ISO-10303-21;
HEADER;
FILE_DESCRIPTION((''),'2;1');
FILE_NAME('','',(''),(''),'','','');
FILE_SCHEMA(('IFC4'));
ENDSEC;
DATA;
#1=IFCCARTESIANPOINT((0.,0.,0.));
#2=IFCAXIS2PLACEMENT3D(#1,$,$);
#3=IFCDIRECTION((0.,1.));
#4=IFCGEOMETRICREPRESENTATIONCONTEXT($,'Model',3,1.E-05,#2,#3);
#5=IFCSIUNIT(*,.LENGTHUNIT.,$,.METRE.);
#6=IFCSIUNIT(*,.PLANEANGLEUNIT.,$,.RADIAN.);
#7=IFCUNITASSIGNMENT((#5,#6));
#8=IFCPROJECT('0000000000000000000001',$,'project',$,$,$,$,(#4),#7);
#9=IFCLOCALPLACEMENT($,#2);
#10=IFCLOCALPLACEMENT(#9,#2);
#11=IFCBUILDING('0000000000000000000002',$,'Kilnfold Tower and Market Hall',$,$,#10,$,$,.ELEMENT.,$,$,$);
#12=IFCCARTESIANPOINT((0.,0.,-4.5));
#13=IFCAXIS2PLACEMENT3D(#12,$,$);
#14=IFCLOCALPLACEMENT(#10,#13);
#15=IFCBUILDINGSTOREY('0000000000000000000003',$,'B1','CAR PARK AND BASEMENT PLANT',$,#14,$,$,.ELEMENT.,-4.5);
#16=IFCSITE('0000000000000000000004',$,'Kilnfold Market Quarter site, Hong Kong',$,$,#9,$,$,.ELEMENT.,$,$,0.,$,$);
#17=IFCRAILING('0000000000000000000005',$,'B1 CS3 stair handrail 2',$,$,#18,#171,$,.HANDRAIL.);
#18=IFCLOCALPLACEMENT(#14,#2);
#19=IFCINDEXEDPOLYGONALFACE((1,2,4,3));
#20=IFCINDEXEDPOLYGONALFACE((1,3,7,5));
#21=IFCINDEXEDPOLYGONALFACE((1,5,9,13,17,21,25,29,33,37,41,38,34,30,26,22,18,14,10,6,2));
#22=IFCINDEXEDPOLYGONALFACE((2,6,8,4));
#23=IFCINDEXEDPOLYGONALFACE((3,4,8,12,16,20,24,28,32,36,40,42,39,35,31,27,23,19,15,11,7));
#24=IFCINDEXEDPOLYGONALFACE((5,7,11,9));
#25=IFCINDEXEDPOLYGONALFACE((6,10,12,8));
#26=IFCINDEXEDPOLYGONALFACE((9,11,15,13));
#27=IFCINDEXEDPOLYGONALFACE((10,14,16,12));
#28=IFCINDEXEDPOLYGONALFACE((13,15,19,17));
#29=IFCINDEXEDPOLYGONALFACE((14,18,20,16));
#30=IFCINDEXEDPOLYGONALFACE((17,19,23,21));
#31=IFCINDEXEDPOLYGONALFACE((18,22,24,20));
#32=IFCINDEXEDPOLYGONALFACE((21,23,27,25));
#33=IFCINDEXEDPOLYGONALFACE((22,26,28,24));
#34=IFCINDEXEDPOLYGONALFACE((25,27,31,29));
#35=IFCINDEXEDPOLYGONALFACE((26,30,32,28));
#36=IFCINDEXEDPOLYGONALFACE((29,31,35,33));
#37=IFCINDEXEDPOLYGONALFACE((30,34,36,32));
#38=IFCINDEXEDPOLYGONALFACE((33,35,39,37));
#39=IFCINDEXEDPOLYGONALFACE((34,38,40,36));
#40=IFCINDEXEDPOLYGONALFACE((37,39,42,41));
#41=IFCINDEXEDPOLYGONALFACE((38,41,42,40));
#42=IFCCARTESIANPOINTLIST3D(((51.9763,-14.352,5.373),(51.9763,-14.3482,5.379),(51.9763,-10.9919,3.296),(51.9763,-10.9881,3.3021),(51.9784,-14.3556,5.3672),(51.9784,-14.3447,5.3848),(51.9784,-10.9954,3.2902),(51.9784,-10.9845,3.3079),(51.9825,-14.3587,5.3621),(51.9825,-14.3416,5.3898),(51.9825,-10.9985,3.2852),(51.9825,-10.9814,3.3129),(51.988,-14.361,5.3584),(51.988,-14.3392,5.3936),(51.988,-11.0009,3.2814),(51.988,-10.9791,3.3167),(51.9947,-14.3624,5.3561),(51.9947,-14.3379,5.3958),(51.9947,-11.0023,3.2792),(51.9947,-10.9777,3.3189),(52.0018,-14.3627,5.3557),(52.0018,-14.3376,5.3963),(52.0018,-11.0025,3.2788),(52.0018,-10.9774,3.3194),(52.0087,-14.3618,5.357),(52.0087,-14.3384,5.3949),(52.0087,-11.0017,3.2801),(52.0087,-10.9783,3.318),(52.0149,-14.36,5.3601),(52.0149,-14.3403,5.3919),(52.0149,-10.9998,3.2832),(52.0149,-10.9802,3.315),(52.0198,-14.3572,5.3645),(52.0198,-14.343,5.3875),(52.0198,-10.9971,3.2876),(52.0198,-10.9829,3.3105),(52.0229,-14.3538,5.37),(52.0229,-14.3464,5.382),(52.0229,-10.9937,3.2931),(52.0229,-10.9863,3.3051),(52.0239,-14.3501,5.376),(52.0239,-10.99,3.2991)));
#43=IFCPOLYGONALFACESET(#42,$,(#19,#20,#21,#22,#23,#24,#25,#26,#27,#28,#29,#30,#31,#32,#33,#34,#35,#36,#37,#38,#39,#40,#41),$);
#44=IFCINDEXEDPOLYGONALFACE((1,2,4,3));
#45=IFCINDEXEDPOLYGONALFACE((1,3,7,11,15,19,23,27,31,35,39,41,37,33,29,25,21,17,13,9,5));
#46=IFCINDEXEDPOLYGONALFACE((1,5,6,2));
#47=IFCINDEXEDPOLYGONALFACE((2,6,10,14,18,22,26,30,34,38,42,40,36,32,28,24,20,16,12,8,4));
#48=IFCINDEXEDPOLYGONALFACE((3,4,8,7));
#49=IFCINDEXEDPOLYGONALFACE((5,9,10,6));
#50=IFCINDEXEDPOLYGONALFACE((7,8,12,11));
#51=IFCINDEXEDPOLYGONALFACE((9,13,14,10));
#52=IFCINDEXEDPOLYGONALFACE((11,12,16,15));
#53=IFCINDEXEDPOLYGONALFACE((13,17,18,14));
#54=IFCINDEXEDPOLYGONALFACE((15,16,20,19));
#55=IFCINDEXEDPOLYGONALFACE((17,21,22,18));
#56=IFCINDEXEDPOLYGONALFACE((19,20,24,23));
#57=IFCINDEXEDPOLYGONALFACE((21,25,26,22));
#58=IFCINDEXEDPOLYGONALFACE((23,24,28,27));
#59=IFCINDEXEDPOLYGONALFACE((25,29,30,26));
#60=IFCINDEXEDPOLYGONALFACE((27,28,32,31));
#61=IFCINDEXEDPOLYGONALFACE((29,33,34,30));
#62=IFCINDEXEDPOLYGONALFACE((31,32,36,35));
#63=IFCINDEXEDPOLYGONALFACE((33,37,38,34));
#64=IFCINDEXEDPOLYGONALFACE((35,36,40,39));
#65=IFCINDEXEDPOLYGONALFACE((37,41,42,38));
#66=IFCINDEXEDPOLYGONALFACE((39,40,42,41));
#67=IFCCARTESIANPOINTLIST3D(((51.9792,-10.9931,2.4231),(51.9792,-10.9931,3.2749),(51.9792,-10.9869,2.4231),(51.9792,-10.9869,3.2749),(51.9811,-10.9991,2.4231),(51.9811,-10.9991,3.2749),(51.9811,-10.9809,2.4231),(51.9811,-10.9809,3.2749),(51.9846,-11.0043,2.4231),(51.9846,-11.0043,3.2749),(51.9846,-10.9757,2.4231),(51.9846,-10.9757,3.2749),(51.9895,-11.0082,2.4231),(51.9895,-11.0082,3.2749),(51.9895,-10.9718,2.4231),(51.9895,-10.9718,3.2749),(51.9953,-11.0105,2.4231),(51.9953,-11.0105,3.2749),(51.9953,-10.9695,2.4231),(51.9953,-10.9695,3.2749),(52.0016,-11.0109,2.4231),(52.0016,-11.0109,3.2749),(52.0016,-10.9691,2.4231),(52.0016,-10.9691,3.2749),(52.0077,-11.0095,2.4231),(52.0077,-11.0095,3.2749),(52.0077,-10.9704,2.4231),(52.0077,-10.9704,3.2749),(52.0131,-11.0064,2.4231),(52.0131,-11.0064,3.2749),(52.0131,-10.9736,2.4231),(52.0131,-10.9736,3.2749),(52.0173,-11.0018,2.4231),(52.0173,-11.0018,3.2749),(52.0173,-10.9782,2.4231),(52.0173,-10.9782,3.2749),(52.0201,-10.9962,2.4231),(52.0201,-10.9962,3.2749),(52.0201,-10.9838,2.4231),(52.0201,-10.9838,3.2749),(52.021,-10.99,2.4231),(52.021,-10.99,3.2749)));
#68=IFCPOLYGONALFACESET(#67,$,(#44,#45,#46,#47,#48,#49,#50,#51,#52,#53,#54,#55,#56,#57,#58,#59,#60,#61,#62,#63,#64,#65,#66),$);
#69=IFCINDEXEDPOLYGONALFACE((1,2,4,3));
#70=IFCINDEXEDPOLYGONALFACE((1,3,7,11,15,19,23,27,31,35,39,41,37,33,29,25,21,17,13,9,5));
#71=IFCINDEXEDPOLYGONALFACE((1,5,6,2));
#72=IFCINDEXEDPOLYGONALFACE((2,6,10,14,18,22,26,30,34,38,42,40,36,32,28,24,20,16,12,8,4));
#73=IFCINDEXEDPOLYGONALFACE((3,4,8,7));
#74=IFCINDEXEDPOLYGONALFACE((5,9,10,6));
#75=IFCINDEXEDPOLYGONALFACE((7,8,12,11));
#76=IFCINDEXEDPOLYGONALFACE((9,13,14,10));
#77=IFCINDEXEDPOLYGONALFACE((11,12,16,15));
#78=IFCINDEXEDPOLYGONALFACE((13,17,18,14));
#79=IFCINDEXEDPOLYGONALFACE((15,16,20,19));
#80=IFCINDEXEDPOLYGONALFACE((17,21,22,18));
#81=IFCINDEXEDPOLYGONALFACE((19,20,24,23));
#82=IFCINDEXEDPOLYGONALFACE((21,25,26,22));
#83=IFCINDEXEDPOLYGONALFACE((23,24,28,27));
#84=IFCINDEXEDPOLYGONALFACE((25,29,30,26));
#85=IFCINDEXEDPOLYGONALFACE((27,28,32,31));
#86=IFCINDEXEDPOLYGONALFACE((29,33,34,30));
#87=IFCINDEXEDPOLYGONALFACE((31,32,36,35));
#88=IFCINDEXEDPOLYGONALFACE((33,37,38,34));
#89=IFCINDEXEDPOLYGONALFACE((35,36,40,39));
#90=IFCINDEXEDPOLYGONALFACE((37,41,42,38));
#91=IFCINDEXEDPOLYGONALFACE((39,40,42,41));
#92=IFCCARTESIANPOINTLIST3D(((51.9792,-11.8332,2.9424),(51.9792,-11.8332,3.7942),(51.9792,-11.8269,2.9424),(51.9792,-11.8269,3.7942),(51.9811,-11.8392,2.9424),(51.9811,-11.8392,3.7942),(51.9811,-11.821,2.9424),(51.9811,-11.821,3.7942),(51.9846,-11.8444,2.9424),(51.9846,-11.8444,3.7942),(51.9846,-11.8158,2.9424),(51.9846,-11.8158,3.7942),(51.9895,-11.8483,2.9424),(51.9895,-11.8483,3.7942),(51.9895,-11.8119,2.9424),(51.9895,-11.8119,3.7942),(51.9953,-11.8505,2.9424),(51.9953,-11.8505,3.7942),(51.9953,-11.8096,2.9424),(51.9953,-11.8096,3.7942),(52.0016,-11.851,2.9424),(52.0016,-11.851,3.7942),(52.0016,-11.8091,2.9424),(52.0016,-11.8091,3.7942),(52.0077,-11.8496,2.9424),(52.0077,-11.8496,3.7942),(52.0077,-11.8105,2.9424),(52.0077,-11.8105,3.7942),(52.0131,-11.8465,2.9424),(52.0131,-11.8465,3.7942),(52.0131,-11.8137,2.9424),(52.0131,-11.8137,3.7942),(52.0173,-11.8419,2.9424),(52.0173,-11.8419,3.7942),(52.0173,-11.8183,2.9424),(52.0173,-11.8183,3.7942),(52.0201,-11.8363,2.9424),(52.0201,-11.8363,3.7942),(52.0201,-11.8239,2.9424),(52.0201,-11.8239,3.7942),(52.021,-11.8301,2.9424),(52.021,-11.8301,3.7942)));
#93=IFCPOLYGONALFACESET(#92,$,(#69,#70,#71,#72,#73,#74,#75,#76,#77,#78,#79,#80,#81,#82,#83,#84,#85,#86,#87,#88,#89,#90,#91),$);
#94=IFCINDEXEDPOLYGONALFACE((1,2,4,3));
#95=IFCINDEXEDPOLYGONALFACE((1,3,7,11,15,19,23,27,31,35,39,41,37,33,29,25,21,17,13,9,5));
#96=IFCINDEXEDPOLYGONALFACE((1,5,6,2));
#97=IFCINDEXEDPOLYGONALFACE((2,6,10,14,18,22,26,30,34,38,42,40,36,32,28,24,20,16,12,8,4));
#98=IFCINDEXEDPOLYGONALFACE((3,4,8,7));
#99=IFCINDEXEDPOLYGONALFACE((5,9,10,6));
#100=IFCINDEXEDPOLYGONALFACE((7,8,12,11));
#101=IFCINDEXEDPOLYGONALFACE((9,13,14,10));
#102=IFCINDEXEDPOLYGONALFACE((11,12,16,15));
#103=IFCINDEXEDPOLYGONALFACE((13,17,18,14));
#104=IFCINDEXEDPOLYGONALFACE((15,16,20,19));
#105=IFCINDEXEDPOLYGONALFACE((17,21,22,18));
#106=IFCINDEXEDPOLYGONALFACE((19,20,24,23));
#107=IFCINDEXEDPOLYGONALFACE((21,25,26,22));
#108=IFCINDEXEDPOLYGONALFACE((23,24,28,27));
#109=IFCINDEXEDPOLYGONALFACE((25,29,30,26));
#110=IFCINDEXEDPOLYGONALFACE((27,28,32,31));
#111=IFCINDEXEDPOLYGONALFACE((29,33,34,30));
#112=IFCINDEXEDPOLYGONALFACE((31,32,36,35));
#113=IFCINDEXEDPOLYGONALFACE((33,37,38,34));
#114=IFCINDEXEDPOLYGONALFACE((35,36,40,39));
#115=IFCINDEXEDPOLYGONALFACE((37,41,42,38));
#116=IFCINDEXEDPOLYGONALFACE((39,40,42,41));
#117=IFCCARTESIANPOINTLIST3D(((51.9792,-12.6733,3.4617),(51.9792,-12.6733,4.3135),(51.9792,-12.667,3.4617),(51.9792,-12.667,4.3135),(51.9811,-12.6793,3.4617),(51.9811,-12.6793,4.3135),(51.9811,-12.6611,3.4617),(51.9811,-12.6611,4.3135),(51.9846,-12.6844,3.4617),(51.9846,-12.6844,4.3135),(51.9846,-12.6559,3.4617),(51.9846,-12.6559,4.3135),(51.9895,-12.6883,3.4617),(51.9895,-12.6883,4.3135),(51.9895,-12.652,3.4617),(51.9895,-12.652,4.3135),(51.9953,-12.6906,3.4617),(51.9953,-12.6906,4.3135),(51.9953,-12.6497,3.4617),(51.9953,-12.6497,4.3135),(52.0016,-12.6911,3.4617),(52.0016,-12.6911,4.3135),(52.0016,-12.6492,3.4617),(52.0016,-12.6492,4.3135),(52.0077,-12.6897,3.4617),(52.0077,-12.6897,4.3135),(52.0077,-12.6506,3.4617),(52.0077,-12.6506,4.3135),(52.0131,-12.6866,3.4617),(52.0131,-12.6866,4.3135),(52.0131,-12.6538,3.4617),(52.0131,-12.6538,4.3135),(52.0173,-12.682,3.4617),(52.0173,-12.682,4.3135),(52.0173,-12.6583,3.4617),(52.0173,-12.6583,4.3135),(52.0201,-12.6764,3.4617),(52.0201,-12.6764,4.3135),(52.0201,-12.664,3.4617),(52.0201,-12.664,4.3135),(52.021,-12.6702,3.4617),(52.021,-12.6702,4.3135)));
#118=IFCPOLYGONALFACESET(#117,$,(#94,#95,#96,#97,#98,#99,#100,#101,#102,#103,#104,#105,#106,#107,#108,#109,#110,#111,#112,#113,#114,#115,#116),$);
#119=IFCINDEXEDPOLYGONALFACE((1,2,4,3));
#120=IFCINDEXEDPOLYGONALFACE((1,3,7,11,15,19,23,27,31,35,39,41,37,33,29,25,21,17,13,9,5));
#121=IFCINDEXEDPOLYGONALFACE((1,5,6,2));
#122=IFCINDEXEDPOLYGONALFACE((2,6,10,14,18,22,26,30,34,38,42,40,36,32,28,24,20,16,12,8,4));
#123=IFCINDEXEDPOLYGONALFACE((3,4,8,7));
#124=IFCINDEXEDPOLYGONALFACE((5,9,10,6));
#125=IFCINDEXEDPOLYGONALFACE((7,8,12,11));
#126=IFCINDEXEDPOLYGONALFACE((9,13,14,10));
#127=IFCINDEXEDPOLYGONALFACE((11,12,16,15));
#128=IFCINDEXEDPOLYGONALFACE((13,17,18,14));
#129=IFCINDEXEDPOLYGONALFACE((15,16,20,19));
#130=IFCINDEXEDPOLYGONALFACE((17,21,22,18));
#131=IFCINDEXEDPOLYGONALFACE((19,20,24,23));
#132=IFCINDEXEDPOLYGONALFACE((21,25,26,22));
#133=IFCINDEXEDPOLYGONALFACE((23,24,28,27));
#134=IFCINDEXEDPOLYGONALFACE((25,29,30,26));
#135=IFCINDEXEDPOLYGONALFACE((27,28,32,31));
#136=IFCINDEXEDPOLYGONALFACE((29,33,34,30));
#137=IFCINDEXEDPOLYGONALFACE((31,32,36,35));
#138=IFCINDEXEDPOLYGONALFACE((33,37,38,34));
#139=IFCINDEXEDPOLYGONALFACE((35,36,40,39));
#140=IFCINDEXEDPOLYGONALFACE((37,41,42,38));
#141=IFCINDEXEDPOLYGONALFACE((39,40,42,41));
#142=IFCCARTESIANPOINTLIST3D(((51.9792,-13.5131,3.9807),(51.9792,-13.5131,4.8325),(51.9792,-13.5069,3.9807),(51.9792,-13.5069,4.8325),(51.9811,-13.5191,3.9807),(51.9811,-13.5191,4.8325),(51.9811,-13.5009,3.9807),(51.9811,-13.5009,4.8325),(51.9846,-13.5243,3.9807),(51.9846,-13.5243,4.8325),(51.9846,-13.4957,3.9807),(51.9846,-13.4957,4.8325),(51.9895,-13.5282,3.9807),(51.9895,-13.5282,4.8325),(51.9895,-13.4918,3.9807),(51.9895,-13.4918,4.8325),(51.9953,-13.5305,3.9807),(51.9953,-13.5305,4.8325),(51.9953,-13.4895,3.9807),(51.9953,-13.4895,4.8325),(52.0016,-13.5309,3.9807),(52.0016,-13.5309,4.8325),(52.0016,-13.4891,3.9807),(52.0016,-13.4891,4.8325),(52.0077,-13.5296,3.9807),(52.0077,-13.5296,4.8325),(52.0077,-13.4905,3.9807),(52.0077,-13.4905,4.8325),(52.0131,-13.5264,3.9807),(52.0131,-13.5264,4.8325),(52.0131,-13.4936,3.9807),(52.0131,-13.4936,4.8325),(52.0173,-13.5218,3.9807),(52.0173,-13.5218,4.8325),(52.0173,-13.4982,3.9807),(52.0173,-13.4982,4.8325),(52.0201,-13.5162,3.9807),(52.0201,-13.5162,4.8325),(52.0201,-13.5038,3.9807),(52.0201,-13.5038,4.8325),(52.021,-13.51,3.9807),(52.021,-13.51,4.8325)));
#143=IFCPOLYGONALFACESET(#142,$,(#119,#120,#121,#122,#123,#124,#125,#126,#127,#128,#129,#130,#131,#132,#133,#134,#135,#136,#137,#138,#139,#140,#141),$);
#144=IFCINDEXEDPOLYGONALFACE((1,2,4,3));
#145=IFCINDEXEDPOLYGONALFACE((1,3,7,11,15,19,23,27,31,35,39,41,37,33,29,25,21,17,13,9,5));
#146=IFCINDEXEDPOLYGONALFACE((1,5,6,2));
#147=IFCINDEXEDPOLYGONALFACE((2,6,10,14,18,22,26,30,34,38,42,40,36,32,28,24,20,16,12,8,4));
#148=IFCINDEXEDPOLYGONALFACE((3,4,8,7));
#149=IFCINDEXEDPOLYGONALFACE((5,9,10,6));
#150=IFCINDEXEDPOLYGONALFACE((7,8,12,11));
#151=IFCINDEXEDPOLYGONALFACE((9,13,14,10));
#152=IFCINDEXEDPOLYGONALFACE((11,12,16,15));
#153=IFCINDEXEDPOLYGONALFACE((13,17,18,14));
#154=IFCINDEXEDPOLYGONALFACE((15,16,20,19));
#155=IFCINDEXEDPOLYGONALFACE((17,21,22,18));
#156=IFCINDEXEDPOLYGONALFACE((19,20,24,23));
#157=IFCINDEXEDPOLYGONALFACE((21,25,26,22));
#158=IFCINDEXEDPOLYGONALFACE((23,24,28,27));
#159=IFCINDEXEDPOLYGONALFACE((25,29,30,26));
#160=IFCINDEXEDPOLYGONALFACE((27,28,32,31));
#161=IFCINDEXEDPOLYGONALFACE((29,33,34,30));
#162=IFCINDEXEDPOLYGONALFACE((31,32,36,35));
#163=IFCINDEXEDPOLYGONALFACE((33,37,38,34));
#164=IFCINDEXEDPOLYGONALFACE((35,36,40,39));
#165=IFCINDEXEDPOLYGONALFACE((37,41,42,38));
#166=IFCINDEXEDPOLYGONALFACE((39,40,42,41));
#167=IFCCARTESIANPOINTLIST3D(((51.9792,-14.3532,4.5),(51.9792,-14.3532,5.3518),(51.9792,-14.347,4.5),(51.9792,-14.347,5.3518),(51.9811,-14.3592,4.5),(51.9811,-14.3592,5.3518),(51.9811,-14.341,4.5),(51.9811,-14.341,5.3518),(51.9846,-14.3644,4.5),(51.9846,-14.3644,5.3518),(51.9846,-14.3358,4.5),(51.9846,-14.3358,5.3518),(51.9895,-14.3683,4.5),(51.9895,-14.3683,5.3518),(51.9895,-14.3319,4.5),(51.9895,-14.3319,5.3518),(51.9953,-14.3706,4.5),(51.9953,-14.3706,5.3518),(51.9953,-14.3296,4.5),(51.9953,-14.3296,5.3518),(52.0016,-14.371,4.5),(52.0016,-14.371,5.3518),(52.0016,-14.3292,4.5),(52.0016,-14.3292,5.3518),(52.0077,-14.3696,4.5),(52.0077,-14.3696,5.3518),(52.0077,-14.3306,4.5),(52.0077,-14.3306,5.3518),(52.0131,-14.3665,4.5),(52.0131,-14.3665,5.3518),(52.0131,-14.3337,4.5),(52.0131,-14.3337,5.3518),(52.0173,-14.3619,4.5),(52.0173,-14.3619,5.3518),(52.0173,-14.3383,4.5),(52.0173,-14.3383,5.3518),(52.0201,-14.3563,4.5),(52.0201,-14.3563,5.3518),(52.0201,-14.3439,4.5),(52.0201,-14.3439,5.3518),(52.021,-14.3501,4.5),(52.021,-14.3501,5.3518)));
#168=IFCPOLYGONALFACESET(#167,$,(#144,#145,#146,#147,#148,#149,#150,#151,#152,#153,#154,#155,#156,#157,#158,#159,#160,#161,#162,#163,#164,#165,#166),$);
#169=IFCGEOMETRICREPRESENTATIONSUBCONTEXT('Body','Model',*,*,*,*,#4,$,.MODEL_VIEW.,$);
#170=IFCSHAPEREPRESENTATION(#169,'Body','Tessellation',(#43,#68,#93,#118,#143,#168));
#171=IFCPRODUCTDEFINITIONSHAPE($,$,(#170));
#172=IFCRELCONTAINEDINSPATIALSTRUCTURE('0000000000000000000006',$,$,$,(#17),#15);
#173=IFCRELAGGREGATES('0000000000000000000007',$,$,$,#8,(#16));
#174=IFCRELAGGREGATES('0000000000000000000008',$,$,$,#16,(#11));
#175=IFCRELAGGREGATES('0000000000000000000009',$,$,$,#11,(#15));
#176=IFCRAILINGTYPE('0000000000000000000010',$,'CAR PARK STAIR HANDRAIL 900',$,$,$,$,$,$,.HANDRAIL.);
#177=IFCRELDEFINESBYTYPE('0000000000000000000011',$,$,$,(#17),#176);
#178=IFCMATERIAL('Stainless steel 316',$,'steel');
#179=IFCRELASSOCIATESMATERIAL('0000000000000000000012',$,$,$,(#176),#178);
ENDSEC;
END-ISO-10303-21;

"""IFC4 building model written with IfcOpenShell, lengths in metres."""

from ifc_helpers import new_model, si_unit, direction, frame, origin, origin_2d, place, context, subcontext, project, spatial, circle, extrude, material, type_object, element, save


model = new_model("IFC4")

# Units and contexts
model_context = context("Model", 3, precision=1e-05, world=origin(), true_north=direction((0.0, 1.0)))
body_context = subcontext(model_context, "Body", "Model", "MODEL_VIEW")
ifc_project = project(units=[si_unit("LENGTHUNIT", "METRE"), si_unit("PLANEANGLEUNIT", "RADIAN")], contexts=[model_context])

# Site, building, storey
site_placement = place(None, origin())
site = spatial("IfcSite", under=ifc_project, at=site_placement, Name="Kilnfold Market Quarter site, Hong Kong", CompositionType="ELEMENT", RefElevation=0.0)
building_placement = place(site_placement, origin())
building = spatial("IfcBuilding", under=site, at=building_placement, Name="Kilnfold Tower and Market Hall", CompositionType="ELEMENT")
storey_placement = place(building_placement, frame((0.0, 0.0, -4.5)))
storey = spatial("IfcBuildingStorey", under=building, at=storey_placement, Name="B1", Description="CAR PARK AND BASEMENT PLANT", CompositionType="ELEMENT", Elevation=-4.5)

# Railing
ifc_material_1 = material(Name="Stainless steel 316", Category="steel")
railing_type_1 = type_object("IfcRailingType", Name="CAR PARK STAIR HANDRAIL 900", PredefinedType="HANDRAIL", material=ifc_material_1)
railing_1_placement = place(storey_placement, frame((52.0, -10.99, 2.4231)))
element("IfcRailing", 1, at=railing_1_placement, inside=storey, type_object=railing_type_1, Name="B1 CS3 stair handrail 2", PredefinedType="HANDRAIL", context=body_context, shape_type="SweptSolid", body=[
    extrude(circle(Radius=0.0239, at=origin_2d()), frame((0.0, 0.0, 0.876), z_axis=(0.0, -0.850623, 0.525776), x_axis=(1.0, 0.0, 0.0)), (0.0, 0.0, 1.0), 3.9502),
    extrude(circle(Radius=0.021, at=origin_2d()), origin(), (0.0, 0.0, 1.0), 0.8518),
    extrude(circle(Radius=0.021, at=origin_2d()), frame((0.0, -0.8401, 0.5193)), (0.0, 0.0, 1.0), 0.8518),
    extrude(circle(Radius=0.021, at=origin_2d()), frame((0.0, -1.6802, 1.0386)), (0.0, 0.0, 1.0), 0.8518),
    extrude(circle(Radius=0.021, at=origin_2d()), frame((0.0, -2.52, 1.5576)), (0.0, 0.0, 1.0), 0.8518),
    extrude(circle(Radius=0.021, at=origin_2d()), frame((0.0, -3.3601, 2.0769)), (0.0, 0.0, 1.0), 0.8518),
])

save(model, "model.ifc")
